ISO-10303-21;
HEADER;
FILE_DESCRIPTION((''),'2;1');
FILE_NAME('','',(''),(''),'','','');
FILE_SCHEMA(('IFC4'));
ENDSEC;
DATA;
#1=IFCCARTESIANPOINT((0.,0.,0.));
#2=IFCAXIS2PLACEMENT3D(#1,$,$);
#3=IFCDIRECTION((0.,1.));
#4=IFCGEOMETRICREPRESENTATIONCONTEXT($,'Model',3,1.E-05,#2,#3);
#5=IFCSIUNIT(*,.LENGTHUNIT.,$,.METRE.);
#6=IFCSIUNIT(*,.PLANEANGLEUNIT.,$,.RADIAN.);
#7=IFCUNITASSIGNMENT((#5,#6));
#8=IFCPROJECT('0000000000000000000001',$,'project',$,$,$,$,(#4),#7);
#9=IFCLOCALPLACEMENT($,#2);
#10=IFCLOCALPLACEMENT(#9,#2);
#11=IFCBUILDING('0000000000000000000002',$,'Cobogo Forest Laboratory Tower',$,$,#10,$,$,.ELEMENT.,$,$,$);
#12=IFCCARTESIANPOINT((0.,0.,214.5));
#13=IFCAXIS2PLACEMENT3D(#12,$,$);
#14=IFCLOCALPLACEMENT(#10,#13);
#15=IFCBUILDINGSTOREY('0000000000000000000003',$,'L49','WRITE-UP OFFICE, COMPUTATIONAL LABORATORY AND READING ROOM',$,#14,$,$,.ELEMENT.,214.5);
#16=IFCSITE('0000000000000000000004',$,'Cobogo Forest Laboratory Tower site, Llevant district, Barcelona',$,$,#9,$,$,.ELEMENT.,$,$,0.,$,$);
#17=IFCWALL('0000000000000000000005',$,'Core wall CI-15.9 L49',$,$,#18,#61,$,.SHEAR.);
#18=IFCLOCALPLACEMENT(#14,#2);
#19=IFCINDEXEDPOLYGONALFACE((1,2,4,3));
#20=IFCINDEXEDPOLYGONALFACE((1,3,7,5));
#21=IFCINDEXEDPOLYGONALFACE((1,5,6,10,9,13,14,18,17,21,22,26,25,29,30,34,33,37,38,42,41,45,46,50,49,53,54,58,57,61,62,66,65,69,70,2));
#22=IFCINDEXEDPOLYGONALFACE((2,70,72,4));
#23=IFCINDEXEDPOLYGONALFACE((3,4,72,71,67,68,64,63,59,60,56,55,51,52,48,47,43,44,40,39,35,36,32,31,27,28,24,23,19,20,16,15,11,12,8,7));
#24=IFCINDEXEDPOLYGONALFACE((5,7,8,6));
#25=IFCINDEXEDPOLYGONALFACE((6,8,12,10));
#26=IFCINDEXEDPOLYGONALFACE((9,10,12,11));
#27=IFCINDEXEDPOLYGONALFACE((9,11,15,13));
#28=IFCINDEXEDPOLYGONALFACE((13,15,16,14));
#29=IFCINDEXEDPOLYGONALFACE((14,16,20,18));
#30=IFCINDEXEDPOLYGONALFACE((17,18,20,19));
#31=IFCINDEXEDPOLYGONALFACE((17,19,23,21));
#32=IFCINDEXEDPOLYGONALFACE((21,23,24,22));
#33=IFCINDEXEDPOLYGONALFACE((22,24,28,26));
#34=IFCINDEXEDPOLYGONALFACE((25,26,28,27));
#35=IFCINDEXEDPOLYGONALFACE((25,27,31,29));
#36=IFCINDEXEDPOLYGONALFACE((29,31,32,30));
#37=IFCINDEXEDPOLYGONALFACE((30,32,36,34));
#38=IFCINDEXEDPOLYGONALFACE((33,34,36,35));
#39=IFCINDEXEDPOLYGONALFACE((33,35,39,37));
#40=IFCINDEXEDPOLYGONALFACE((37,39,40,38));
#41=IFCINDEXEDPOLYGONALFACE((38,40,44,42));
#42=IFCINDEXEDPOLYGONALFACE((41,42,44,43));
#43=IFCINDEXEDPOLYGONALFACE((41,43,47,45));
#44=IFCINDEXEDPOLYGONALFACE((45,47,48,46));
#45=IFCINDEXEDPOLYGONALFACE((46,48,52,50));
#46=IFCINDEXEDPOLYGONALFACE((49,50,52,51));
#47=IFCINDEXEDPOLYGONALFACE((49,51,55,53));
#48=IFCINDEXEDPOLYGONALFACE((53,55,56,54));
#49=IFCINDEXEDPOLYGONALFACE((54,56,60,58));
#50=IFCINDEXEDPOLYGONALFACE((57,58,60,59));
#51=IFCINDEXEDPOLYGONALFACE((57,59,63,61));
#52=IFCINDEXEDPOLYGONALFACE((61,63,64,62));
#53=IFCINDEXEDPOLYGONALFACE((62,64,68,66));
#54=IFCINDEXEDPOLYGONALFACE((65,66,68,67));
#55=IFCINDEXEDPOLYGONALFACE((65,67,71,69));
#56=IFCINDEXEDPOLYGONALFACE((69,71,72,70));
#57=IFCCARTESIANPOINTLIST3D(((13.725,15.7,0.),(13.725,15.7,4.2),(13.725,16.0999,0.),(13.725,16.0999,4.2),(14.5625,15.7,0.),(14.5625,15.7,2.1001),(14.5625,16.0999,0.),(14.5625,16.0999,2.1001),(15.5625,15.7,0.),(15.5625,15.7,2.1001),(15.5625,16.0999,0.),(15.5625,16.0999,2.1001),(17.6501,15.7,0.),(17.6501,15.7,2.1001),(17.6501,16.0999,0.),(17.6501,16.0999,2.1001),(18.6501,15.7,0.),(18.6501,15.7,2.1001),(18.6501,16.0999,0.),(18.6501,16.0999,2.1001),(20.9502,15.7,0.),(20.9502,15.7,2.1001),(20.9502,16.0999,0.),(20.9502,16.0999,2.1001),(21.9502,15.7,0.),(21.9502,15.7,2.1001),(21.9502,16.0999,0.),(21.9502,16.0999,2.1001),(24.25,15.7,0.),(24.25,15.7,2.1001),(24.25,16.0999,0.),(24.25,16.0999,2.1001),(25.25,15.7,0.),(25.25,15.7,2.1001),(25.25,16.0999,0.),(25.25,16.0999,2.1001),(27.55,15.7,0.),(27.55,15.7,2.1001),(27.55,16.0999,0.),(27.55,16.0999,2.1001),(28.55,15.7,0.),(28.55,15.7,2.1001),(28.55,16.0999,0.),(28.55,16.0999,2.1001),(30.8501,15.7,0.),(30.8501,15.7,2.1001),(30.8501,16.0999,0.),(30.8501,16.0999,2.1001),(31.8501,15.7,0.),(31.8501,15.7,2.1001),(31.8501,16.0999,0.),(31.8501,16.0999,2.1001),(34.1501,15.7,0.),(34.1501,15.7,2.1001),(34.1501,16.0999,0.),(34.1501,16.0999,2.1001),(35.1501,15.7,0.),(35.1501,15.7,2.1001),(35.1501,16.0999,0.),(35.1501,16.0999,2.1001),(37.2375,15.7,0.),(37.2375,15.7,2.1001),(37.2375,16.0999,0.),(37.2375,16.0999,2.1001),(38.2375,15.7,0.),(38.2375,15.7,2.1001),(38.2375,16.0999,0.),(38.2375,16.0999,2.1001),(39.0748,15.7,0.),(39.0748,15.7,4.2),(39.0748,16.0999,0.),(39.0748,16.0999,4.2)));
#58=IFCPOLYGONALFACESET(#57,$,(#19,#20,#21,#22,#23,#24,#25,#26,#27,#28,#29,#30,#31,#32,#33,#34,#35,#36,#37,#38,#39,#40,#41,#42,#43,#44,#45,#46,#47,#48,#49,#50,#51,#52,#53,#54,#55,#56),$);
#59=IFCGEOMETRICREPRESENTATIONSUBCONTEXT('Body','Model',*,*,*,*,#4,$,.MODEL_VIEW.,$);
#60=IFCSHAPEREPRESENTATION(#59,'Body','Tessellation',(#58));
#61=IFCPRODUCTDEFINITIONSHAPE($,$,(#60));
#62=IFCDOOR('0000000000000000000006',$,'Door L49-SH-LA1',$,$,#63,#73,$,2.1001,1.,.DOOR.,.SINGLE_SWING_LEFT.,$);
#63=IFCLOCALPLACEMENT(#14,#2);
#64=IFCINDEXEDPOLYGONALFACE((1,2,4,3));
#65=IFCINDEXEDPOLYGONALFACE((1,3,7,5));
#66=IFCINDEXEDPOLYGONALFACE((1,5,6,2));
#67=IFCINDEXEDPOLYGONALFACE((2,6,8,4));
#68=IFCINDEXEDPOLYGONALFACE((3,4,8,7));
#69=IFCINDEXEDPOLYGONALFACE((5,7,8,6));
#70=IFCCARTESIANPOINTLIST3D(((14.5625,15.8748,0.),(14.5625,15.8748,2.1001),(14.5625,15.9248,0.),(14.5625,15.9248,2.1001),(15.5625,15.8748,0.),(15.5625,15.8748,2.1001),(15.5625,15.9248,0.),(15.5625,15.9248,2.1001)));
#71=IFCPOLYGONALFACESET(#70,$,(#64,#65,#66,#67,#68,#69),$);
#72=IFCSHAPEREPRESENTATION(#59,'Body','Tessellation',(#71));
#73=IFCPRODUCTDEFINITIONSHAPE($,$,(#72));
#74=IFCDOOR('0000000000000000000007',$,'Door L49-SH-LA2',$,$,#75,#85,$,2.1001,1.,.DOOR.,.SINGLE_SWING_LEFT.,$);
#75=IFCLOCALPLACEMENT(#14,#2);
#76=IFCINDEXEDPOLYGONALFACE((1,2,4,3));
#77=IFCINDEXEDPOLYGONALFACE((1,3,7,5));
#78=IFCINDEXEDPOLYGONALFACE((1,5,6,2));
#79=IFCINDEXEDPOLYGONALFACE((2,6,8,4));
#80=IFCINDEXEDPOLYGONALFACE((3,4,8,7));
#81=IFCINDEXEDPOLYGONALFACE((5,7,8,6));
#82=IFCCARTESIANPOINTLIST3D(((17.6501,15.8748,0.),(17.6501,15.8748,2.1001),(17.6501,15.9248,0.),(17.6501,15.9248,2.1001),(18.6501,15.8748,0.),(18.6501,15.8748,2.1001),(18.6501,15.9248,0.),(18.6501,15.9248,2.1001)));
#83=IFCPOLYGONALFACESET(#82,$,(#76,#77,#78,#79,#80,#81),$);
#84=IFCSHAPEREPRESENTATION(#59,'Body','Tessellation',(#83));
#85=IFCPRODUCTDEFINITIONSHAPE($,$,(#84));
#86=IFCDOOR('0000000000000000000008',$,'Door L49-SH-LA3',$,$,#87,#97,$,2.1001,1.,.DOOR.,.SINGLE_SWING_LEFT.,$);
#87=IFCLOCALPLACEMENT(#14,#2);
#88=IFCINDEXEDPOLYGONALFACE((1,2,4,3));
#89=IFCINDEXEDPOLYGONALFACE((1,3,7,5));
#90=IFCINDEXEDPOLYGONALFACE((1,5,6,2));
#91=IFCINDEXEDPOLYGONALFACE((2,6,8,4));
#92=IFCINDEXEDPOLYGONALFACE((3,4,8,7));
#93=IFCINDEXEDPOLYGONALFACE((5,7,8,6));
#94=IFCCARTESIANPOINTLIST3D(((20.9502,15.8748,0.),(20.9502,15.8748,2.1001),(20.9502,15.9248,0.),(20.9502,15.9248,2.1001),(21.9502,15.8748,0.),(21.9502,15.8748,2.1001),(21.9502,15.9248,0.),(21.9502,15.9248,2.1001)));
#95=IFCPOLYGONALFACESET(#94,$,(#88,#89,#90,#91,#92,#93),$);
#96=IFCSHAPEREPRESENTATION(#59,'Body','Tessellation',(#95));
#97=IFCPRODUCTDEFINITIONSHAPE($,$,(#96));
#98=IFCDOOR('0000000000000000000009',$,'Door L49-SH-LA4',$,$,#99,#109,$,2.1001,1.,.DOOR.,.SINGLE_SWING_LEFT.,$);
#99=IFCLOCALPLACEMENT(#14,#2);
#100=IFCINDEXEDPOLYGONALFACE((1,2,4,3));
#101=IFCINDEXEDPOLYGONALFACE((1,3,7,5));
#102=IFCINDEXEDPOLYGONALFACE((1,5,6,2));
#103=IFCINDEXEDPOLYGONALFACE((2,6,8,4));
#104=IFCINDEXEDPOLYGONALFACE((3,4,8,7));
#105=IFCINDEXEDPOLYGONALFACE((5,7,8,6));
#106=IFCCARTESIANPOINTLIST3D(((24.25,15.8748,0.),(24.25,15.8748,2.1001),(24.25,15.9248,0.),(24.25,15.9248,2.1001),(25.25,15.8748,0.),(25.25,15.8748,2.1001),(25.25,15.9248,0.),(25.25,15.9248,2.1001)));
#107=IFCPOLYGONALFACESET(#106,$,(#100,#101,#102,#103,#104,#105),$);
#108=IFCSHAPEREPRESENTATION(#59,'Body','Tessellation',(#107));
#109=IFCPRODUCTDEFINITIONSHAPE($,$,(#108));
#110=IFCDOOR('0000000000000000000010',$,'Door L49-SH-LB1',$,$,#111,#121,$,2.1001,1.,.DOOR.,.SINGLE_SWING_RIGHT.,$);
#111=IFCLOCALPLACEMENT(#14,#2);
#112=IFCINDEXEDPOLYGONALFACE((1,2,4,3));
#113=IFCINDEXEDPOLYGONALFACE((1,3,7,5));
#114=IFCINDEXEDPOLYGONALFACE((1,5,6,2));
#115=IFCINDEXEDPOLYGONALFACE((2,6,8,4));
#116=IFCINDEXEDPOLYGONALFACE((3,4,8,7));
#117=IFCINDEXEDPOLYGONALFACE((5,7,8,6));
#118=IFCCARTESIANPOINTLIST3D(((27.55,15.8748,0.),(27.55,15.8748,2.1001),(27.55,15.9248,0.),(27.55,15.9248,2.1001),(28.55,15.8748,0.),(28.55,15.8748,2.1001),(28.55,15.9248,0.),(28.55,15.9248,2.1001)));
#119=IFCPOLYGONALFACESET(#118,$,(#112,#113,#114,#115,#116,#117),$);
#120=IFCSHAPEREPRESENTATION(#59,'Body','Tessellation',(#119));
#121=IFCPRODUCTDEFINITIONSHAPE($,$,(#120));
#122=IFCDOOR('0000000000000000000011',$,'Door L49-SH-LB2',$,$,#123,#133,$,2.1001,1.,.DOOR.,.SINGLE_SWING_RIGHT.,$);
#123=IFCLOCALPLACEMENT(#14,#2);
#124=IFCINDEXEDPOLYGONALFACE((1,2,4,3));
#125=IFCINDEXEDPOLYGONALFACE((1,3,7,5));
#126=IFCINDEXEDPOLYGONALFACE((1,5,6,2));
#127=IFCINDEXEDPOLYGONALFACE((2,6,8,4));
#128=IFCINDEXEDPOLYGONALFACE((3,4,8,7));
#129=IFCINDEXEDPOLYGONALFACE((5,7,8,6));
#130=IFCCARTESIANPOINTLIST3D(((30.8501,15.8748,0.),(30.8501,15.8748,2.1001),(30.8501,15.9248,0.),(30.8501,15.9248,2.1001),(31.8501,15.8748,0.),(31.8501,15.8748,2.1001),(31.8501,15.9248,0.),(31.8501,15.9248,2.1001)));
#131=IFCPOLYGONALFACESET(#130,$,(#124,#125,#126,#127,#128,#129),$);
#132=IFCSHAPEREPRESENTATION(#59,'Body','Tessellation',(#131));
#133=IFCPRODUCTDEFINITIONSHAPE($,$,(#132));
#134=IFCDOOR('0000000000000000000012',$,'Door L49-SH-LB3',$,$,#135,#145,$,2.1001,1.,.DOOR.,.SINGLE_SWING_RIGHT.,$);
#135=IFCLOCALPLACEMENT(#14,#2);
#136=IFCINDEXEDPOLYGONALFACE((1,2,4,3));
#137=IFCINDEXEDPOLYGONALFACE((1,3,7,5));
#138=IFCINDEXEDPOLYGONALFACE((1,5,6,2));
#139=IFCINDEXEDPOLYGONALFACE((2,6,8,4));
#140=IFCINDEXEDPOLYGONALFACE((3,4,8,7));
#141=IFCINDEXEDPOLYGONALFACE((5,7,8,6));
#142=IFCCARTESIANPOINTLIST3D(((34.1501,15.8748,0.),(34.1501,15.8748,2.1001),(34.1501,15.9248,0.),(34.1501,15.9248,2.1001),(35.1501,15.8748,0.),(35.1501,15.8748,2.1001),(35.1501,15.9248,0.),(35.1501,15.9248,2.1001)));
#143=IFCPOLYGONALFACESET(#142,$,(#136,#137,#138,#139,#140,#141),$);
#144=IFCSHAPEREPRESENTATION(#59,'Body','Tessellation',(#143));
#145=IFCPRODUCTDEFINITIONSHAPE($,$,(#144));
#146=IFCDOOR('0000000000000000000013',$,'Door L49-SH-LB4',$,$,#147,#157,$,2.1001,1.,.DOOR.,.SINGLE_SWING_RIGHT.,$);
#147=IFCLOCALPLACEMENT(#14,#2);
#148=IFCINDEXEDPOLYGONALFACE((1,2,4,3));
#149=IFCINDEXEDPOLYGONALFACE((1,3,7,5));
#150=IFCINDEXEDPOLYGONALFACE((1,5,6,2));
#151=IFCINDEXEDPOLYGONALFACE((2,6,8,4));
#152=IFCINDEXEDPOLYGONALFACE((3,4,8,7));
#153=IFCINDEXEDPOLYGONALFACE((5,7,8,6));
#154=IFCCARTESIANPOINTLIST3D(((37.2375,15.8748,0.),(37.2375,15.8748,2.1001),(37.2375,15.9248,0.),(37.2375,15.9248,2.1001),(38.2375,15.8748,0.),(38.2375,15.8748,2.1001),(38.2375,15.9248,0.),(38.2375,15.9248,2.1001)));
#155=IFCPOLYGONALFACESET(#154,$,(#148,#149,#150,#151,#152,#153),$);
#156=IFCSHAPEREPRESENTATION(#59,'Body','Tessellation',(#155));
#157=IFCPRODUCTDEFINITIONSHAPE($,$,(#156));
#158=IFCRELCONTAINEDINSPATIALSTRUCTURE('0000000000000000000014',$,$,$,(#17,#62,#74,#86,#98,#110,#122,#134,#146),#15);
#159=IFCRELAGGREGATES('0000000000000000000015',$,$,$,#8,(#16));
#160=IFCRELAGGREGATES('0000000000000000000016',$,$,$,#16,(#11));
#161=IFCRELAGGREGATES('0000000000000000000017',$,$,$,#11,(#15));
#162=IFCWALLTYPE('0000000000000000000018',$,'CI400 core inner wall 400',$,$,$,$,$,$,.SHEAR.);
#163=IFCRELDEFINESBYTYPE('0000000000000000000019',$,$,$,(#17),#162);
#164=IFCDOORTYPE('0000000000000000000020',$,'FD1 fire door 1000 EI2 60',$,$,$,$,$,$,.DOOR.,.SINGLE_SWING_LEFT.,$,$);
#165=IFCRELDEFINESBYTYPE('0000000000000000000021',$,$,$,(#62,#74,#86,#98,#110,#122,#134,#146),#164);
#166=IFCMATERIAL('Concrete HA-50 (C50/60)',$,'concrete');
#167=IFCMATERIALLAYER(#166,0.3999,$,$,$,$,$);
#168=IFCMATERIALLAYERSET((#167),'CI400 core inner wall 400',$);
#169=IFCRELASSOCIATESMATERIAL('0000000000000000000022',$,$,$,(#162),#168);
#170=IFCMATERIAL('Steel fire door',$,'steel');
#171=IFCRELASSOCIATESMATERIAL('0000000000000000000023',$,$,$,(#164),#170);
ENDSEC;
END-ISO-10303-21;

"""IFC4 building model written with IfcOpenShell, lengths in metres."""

from ifc_helpers import new_model, si_unit, direction, frame, frame_2d, origin, place, context, subcontext, project, spatial, rectangle, extrude, material, layer, layer_set, type_object, element, fill, save


model = new_model("IFC4")

# Units and contexts
model_context = context("Model", 3, precision=1e-05, world=origin(), true_north=direction((0.0, 1.0)))
body_context = subcontext(model_context, "Body", "Model", "MODEL_VIEW")
ifc_project = project(units=[si_unit("LENGTHUNIT", "METRE"), si_unit("PLANEANGLEUNIT", "RADIAN")], contexts=[model_context])

# Site, building, storey
site_placement = place(None, origin())
site = spatial("IfcSite", under=ifc_project, at=site_placement, Name="Cobogo Forest Laboratory Tower site, Llevant district, Barcelona", CompositionType="ELEMENT", RefElevation=0.0)
building_placement = place(site_placement, origin())
building = spatial("IfcBuilding", under=site, at=building_placement, Name="Cobogo Forest Laboratory Tower", CompositionType="ELEMENT")
storey_placement = place(building_placement, frame((0.0, 0.0, 214.5)))
storey = spatial("IfcBuildingStorey", under=building, at=storey_placement, Name="L49", Description="WRITE-UP OFFICE, COMPUTATIONAL LABORATORY AND READING ROOM", CompositionType="ELEMENT", Elevation=214.5)

# Shared definitions
ifc_material_1 = material(Name="Concrete HA-50 (C50/60)", Category="concrete")

# Wall, openings, doors
ifc_layer_1 = layer(ifc_material_1, 0.3999)
ifc_layer_set_1 = layer_set([ifc_layer_1], Name="CI400 core inner wall 400")
wall_type_1 = type_object("IfcWallType", Name="CI400 core inner wall 400", PredefinedType="SHEAR", material=ifc_layer_set_1)
wall_1_placement = place(storey_placement, frame((13.7251, 15.8999, 0.0), z_axis=(0.0, 0.0, 1.0), x_axis=(1.0, 0.0, 0.0)))
wall_1 = element("IfcWall", 1, at=wall_1_placement, inside=storey, type_object=wall_type_1, Name="Core wall CI-15.9 L49", PredefinedType="SHEAR", context=body_context, shape_type="SweptSolid", body=[
    extrude(rectangle(XDim=25.3499, YDim=0.3999, at=frame_2d((12.6748, 0.0))), origin(), (0.0, 0.0, 1.0), 4.2),
])
opening_1_placement = place(wall_1_placement, frame((0.8374, 0.0, 0.0)))
opening_1 = element("IfcOpeningElement", 2, at=opening_1_placement, cuts=wall_1, PredefinedType="OPENING", context=body_context, shape_type="SweptSolid", body=[
    extrude(rectangle(XDim=1.0, YDim=2.1001, at=frame_2d((0.5, 1.05))), frame((0.0, 0.21, 0.0), z_axis=(0.0, -1.0, 0.0), x_axis=(1.0, 0.0, 0.0)), (0.0, 0.0, 1.0), 0.4199),
])
opening_2_placement = place(wall_1_placement, frame((3.925, 0.0, 0.0)))
opening_2 = element("IfcOpeningElement", 3, at=opening_2_placement, cuts=wall_1, PredefinedType="OPENING", context=body_context, shape_type="SweptSolid", body=[
    extrude(rectangle(XDim=1.0, YDim=2.1001, at=frame_2d((0.5, 1.05))), frame((0.0, 0.21, 0.0), z_axis=(0.0, -1.0, 0.0), x_axis=(1.0, 0.0, 0.0)), (0.0, 0.0, 1.0), 0.4199),
])
opening_3_placement = place(wall_1_placement, frame((7.2251, 0.0, 0.0)))
opening_3 = element("IfcOpeningElement", 4, at=opening_3_placement, cuts=wall_1, PredefinedType="OPENING", context=body_context, shape_type="SweptSolid", body=[
    extrude(rectangle(XDim=1.0, YDim=2.1001, at=frame_2d((0.5, 1.05))), frame((0.0, 0.21, 0.0), z_axis=(0.0, -1.0, 0.0), x_axis=(1.0, 0.0, 0.0)), (0.0, 0.0, 1.0), 0.4199),
])
opening_4_placement = place(wall_1_placement, frame((10.5249, 0.0, 0.0)))
opening_4 = element("IfcOpeningElement", 5, at=opening_4_placement, cuts=wall_1, PredefinedType="OPENING", context=body_context, shape_type="SweptSolid", body=[
    extrude(rectangle(XDim=1.0, YDim=2.1001, at=frame_2d((0.5, 1.05))), frame((0.0, 0.21, 0.0), z_axis=(0.0, -1.0, 0.0), x_axis=(1.0, 0.0, 0.0)), (0.0, 0.0, 1.0), 0.4199),
])
opening_5_placement = place(wall_1_placement, frame((13.825, 0.0, 0.0)))
opening_5 = element("IfcOpeningElement", 6, at=opening_5_placement, cuts=wall_1, PredefinedType="OPENING", context=body_context, shape_type="SweptSolid", body=[
    extrude(rectangle(XDim=1.0, YDim=2.1001, at=frame_2d((0.5, 1.05))), frame((0.0, 0.21, 0.0), z_axis=(0.0, -1.0, 0.0), x_axis=(1.0, 0.0, 0.0)), (0.0, 0.0, 1.0), 0.4199),
])
opening_6_placement = place(wall_1_placement, frame((17.125, 0.0, 0.0)))
opening_6 = element("IfcOpeningElement", 7, at=opening_6_placement, cuts=wall_1, PredefinedType="OPENING", context=body_context, shape_type="SweptSolid", body=[
    extrude(rectangle(XDim=1.0, YDim=2.1001, at=frame_2d((0.5, 1.05))), frame((0.0, 0.21, 0.0), z_axis=(0.0, -1.0, 0.0), x_axis=(1.0, 0.0, 0.0)), (0.0, 0.0, 1.0), 0.4199),
])
opening_7_placement = place(wall_1_placement, frame((20.425, 0.0, 0.0)))
opening_7 = element("IfcOpeningElement", 8, at=opening_7_placement, cuts=wall_1, PredefinedType="OPENING", context=body_context, shape_type="SweptSolid", body=[
    extrude(rectangle(XDim=1.0, YDim=2.1001, at=frame_2d((0.5, 1.05))), frame((0.0, 0.21, 0.0), z_axis=(0.0, -1.0, 0.0), x_axis=(1.0, 0.0, 0.0)), (0.0, 0.0, 1.0), 0.4199),
])
opening_8_placement = place(wall_1_placement, frame((23.5125, 0.0, 0.0)))
opening_8 = element("IfcOpeningElement", 9, at=opening_8_placement, cuts=wall_1, PredefinedType="OPENING", context=body_context, shape_type="SweptSolid", body=[
    extrude(rectangle(XDim=1.0, YDim=2.1001, at=frame_2d((0.5, 1.05))), frame((0.0, 0.21, 0.0), z_axis=(0.0, -1.0, 0.0), x_axis=(1.0, 0.0, 0.0)), (0.0, 0.0, 1.0), 0.4199),
])
ifc_material_2 = material(Name="Steel fire door", Category="steel")
door_type = type_object("IfcDoorType", Name="FD1 fire door 1000 EI2 60", OperationType="SINGLE_SWING_LEFT", PredefinedType="DOOR", material=ifc_material_2)
door_1_placement = place(opening_1_placement, origin())
door_1 = element("IfcDoor", 10, at=door_1_placement, inside=storey, type_object=door_type, Name="Door L49-SH-LA1", OperationType="SINGLE_SWING_LEFT", OverallHeight=2.1001, OverallWidth=1.0, PredefinedType="DOOR", context=body_context, shape_type="SweptSolid", body=[
    extrude(rectangle(XDim=1.0, YDim=2.1001, at=frame_2d((0.5, 1.05))), frame((0.0, 0.0249, 0.0), z_axis=(0.0, -1.0, 0.0), x_axis=(1.0, 0.0, 0.0)), (0.0, 0.0, 1.0), 0.05),
])
fill(opening_1, door_1)
door_2_placement = place(opening_2_placement, origin())
door_2 = element("IfcDoor", 11, at=door_2_placement, inside=storey, type_object=door_type, Name="Door L49-SH-LA2", OperationType="SINGLE_SWING_LEFT", OverallHeight=2.1001, OverallWidth=1.0, PredefinedType="DOOR", context=body_context, shape_type="SweptSolid", body=[
    extrude(rectangle(XDim=1.0, YDim=2.1001, at=frame_2d((0.5, 1.05))), frame((0.0, 0.0249, 0.0), z_axis=(0.0, -1.0, 0.0), x_axis=(1.0, 0.0, 0.0)), (0.0, 0.0, 1.0), 0.05),
])
fill(opening_2, door_2)
door_3_placement = place(opening_3_placement, origin())
door_3 = element("IfcDoor", 12, at=door_3_placement, inside=storey, type_object=door_type, Name="Door L49-SH-LA3", OperationType="SINGLE_SWING_LEFT", OverallHeight=2.1001, OverallWidth=1.0, PredefinedType="DOOR", context=body_context, shape_type="SweptSolid", body=[
    extrude(rectangle(XDim=1.0, YDim=2.1001, at=frame_2d((0.5, 1.05))), frame((0.0, 0.0249, 0.0), z_axis=(0.0, -1.0, 0.0), x_axis=(1.0, 0.0, 0.0)), (0.0, 0.0, 1.0), 0.05),
])
fill(opening_3, door_3)
door_4_placement = place(opening_4_placement, origin())
door_4 = element("IfcDoor", 13, at=door_4_placement, inside=storey, type_object=door_type, Name="Door L49-SH-LA4", OperationType="SINGLE_SWING_LEFT", OverallHeight=2.1001, OverallWidth=1.0, PredefinedType="DOOR", context=body_context, shape_type="SweptSolid", body=[
    extrude(rectangle(XDim=1.0, YDim=2.1001, at=frame_2d((0.5, 1.05))), frame((0.0, 0.0249, 0.0), z_axis=(0.0, -1.0, 0.0), x_axis=(1.0, 0.0, 0.0)), (0.0, 0.0, 1.0), 0.05),
])
fill(opening_4, door_4)
door_5_placement = place(opening_5_placement, origin())
door_5 = element("IfcDoor", 14, at=door_5_placement, inside=storey, type_object=door_type, Name="Door L49-SH-LB1", OperationType="SINGLE_SWING_RIGHT", OverallHeight=2.1001, OverallWidth=1.0, PredefinedType="DOOR", context=body_context, shape_type="SweptSolid", body=[
    extrude(rectangle(XDim=1.0, YDim=2.1001, at=frame_2d((0.5, 1.05))), frame((0.0, 0.0249, 0.0), z_axis=(0.0, -1.0, 0.0), x_axis=(1.0, 0.0, 0.0)), (0.0, 0.0, 1.0), 0.05),
])
fill(opening_5, door_5)
door_6_placement = place(opening_6_placement, origin())
door_6 = element("IfcDoor", 15, at=door_6_placement, inside=storey, type_object=door_type, Name="Door L49-SH-LB2", OperationType="SINGLE_SWING_RIGHT", OverallHeight=2.1001, OverallWidth=1.0, PredefinedType="DOOR", context=body_context, shape_type="SweptSolid", body=[
    extrude(rectangle(XDim=1.0, YDim=2.1001, at=frame_2d((0.5, 1.05))), frame((0.0, 0.0249, 0.0), z_axis=(0.0, -1.0, 0.0), x_axis=(1.0, 0.0, 0.0)), (0.0, 0.0, 1.0), 0.05),
])
fill(opening_6, door_6)
door_7_placement = place(opening_7_placement, origin())
door_7 = element("IfcDoor", 16, at=door_7_placement, inside=storey, type_object=door_type, Name="Door L49-SH-LB3", OperationType="SINGLE_SWING_RIGHT", OverallHeight=2.1001, OverallWidth=1.0, PredefinedType="DOOR", context=body_context, shape_type="SweptSolid", body=[
    extrude(rectangle(XDim=1.0, YDim=2.1001, at=frame_2d((0.5, 1.05))), frame((0.0, 0.0249, 0.0), z_axis=(0.0, -1.0, 0.0), x_axis=(1.0, 0.0, 0.0)), (0.0, 0.0, 1.0), 0.05),
])
fill(opening_7, door_7)
door_8_placement = place(opening_8_placement, origin())
door_8 = element("IfcDoor", 17, at=door_8_placement, inside=storey, type_object=door_type, Name="Door L49-SH-LB4", OperationType="SINGLE_SWING_RIGHT", OverallHeight=2.1001, OverallWidth=1.0, PredefinedType="DOOR", context=body_context, shape_type="SweptSolid", body=[
    extrude(rectangle(XDim=1.0, YDim=2.1001, at=frame_2d((0.5, 1.05))), frame((0.0, 0.0249, 0.0), z_axis=(0.0, -1.0, 0.0), x_axis=(1.0, 0.0, 0.0)), (0.0, 0.0, 1.0), 0.05),
])
fill(opening_8, door_8)

save(model, "model.ifc")
